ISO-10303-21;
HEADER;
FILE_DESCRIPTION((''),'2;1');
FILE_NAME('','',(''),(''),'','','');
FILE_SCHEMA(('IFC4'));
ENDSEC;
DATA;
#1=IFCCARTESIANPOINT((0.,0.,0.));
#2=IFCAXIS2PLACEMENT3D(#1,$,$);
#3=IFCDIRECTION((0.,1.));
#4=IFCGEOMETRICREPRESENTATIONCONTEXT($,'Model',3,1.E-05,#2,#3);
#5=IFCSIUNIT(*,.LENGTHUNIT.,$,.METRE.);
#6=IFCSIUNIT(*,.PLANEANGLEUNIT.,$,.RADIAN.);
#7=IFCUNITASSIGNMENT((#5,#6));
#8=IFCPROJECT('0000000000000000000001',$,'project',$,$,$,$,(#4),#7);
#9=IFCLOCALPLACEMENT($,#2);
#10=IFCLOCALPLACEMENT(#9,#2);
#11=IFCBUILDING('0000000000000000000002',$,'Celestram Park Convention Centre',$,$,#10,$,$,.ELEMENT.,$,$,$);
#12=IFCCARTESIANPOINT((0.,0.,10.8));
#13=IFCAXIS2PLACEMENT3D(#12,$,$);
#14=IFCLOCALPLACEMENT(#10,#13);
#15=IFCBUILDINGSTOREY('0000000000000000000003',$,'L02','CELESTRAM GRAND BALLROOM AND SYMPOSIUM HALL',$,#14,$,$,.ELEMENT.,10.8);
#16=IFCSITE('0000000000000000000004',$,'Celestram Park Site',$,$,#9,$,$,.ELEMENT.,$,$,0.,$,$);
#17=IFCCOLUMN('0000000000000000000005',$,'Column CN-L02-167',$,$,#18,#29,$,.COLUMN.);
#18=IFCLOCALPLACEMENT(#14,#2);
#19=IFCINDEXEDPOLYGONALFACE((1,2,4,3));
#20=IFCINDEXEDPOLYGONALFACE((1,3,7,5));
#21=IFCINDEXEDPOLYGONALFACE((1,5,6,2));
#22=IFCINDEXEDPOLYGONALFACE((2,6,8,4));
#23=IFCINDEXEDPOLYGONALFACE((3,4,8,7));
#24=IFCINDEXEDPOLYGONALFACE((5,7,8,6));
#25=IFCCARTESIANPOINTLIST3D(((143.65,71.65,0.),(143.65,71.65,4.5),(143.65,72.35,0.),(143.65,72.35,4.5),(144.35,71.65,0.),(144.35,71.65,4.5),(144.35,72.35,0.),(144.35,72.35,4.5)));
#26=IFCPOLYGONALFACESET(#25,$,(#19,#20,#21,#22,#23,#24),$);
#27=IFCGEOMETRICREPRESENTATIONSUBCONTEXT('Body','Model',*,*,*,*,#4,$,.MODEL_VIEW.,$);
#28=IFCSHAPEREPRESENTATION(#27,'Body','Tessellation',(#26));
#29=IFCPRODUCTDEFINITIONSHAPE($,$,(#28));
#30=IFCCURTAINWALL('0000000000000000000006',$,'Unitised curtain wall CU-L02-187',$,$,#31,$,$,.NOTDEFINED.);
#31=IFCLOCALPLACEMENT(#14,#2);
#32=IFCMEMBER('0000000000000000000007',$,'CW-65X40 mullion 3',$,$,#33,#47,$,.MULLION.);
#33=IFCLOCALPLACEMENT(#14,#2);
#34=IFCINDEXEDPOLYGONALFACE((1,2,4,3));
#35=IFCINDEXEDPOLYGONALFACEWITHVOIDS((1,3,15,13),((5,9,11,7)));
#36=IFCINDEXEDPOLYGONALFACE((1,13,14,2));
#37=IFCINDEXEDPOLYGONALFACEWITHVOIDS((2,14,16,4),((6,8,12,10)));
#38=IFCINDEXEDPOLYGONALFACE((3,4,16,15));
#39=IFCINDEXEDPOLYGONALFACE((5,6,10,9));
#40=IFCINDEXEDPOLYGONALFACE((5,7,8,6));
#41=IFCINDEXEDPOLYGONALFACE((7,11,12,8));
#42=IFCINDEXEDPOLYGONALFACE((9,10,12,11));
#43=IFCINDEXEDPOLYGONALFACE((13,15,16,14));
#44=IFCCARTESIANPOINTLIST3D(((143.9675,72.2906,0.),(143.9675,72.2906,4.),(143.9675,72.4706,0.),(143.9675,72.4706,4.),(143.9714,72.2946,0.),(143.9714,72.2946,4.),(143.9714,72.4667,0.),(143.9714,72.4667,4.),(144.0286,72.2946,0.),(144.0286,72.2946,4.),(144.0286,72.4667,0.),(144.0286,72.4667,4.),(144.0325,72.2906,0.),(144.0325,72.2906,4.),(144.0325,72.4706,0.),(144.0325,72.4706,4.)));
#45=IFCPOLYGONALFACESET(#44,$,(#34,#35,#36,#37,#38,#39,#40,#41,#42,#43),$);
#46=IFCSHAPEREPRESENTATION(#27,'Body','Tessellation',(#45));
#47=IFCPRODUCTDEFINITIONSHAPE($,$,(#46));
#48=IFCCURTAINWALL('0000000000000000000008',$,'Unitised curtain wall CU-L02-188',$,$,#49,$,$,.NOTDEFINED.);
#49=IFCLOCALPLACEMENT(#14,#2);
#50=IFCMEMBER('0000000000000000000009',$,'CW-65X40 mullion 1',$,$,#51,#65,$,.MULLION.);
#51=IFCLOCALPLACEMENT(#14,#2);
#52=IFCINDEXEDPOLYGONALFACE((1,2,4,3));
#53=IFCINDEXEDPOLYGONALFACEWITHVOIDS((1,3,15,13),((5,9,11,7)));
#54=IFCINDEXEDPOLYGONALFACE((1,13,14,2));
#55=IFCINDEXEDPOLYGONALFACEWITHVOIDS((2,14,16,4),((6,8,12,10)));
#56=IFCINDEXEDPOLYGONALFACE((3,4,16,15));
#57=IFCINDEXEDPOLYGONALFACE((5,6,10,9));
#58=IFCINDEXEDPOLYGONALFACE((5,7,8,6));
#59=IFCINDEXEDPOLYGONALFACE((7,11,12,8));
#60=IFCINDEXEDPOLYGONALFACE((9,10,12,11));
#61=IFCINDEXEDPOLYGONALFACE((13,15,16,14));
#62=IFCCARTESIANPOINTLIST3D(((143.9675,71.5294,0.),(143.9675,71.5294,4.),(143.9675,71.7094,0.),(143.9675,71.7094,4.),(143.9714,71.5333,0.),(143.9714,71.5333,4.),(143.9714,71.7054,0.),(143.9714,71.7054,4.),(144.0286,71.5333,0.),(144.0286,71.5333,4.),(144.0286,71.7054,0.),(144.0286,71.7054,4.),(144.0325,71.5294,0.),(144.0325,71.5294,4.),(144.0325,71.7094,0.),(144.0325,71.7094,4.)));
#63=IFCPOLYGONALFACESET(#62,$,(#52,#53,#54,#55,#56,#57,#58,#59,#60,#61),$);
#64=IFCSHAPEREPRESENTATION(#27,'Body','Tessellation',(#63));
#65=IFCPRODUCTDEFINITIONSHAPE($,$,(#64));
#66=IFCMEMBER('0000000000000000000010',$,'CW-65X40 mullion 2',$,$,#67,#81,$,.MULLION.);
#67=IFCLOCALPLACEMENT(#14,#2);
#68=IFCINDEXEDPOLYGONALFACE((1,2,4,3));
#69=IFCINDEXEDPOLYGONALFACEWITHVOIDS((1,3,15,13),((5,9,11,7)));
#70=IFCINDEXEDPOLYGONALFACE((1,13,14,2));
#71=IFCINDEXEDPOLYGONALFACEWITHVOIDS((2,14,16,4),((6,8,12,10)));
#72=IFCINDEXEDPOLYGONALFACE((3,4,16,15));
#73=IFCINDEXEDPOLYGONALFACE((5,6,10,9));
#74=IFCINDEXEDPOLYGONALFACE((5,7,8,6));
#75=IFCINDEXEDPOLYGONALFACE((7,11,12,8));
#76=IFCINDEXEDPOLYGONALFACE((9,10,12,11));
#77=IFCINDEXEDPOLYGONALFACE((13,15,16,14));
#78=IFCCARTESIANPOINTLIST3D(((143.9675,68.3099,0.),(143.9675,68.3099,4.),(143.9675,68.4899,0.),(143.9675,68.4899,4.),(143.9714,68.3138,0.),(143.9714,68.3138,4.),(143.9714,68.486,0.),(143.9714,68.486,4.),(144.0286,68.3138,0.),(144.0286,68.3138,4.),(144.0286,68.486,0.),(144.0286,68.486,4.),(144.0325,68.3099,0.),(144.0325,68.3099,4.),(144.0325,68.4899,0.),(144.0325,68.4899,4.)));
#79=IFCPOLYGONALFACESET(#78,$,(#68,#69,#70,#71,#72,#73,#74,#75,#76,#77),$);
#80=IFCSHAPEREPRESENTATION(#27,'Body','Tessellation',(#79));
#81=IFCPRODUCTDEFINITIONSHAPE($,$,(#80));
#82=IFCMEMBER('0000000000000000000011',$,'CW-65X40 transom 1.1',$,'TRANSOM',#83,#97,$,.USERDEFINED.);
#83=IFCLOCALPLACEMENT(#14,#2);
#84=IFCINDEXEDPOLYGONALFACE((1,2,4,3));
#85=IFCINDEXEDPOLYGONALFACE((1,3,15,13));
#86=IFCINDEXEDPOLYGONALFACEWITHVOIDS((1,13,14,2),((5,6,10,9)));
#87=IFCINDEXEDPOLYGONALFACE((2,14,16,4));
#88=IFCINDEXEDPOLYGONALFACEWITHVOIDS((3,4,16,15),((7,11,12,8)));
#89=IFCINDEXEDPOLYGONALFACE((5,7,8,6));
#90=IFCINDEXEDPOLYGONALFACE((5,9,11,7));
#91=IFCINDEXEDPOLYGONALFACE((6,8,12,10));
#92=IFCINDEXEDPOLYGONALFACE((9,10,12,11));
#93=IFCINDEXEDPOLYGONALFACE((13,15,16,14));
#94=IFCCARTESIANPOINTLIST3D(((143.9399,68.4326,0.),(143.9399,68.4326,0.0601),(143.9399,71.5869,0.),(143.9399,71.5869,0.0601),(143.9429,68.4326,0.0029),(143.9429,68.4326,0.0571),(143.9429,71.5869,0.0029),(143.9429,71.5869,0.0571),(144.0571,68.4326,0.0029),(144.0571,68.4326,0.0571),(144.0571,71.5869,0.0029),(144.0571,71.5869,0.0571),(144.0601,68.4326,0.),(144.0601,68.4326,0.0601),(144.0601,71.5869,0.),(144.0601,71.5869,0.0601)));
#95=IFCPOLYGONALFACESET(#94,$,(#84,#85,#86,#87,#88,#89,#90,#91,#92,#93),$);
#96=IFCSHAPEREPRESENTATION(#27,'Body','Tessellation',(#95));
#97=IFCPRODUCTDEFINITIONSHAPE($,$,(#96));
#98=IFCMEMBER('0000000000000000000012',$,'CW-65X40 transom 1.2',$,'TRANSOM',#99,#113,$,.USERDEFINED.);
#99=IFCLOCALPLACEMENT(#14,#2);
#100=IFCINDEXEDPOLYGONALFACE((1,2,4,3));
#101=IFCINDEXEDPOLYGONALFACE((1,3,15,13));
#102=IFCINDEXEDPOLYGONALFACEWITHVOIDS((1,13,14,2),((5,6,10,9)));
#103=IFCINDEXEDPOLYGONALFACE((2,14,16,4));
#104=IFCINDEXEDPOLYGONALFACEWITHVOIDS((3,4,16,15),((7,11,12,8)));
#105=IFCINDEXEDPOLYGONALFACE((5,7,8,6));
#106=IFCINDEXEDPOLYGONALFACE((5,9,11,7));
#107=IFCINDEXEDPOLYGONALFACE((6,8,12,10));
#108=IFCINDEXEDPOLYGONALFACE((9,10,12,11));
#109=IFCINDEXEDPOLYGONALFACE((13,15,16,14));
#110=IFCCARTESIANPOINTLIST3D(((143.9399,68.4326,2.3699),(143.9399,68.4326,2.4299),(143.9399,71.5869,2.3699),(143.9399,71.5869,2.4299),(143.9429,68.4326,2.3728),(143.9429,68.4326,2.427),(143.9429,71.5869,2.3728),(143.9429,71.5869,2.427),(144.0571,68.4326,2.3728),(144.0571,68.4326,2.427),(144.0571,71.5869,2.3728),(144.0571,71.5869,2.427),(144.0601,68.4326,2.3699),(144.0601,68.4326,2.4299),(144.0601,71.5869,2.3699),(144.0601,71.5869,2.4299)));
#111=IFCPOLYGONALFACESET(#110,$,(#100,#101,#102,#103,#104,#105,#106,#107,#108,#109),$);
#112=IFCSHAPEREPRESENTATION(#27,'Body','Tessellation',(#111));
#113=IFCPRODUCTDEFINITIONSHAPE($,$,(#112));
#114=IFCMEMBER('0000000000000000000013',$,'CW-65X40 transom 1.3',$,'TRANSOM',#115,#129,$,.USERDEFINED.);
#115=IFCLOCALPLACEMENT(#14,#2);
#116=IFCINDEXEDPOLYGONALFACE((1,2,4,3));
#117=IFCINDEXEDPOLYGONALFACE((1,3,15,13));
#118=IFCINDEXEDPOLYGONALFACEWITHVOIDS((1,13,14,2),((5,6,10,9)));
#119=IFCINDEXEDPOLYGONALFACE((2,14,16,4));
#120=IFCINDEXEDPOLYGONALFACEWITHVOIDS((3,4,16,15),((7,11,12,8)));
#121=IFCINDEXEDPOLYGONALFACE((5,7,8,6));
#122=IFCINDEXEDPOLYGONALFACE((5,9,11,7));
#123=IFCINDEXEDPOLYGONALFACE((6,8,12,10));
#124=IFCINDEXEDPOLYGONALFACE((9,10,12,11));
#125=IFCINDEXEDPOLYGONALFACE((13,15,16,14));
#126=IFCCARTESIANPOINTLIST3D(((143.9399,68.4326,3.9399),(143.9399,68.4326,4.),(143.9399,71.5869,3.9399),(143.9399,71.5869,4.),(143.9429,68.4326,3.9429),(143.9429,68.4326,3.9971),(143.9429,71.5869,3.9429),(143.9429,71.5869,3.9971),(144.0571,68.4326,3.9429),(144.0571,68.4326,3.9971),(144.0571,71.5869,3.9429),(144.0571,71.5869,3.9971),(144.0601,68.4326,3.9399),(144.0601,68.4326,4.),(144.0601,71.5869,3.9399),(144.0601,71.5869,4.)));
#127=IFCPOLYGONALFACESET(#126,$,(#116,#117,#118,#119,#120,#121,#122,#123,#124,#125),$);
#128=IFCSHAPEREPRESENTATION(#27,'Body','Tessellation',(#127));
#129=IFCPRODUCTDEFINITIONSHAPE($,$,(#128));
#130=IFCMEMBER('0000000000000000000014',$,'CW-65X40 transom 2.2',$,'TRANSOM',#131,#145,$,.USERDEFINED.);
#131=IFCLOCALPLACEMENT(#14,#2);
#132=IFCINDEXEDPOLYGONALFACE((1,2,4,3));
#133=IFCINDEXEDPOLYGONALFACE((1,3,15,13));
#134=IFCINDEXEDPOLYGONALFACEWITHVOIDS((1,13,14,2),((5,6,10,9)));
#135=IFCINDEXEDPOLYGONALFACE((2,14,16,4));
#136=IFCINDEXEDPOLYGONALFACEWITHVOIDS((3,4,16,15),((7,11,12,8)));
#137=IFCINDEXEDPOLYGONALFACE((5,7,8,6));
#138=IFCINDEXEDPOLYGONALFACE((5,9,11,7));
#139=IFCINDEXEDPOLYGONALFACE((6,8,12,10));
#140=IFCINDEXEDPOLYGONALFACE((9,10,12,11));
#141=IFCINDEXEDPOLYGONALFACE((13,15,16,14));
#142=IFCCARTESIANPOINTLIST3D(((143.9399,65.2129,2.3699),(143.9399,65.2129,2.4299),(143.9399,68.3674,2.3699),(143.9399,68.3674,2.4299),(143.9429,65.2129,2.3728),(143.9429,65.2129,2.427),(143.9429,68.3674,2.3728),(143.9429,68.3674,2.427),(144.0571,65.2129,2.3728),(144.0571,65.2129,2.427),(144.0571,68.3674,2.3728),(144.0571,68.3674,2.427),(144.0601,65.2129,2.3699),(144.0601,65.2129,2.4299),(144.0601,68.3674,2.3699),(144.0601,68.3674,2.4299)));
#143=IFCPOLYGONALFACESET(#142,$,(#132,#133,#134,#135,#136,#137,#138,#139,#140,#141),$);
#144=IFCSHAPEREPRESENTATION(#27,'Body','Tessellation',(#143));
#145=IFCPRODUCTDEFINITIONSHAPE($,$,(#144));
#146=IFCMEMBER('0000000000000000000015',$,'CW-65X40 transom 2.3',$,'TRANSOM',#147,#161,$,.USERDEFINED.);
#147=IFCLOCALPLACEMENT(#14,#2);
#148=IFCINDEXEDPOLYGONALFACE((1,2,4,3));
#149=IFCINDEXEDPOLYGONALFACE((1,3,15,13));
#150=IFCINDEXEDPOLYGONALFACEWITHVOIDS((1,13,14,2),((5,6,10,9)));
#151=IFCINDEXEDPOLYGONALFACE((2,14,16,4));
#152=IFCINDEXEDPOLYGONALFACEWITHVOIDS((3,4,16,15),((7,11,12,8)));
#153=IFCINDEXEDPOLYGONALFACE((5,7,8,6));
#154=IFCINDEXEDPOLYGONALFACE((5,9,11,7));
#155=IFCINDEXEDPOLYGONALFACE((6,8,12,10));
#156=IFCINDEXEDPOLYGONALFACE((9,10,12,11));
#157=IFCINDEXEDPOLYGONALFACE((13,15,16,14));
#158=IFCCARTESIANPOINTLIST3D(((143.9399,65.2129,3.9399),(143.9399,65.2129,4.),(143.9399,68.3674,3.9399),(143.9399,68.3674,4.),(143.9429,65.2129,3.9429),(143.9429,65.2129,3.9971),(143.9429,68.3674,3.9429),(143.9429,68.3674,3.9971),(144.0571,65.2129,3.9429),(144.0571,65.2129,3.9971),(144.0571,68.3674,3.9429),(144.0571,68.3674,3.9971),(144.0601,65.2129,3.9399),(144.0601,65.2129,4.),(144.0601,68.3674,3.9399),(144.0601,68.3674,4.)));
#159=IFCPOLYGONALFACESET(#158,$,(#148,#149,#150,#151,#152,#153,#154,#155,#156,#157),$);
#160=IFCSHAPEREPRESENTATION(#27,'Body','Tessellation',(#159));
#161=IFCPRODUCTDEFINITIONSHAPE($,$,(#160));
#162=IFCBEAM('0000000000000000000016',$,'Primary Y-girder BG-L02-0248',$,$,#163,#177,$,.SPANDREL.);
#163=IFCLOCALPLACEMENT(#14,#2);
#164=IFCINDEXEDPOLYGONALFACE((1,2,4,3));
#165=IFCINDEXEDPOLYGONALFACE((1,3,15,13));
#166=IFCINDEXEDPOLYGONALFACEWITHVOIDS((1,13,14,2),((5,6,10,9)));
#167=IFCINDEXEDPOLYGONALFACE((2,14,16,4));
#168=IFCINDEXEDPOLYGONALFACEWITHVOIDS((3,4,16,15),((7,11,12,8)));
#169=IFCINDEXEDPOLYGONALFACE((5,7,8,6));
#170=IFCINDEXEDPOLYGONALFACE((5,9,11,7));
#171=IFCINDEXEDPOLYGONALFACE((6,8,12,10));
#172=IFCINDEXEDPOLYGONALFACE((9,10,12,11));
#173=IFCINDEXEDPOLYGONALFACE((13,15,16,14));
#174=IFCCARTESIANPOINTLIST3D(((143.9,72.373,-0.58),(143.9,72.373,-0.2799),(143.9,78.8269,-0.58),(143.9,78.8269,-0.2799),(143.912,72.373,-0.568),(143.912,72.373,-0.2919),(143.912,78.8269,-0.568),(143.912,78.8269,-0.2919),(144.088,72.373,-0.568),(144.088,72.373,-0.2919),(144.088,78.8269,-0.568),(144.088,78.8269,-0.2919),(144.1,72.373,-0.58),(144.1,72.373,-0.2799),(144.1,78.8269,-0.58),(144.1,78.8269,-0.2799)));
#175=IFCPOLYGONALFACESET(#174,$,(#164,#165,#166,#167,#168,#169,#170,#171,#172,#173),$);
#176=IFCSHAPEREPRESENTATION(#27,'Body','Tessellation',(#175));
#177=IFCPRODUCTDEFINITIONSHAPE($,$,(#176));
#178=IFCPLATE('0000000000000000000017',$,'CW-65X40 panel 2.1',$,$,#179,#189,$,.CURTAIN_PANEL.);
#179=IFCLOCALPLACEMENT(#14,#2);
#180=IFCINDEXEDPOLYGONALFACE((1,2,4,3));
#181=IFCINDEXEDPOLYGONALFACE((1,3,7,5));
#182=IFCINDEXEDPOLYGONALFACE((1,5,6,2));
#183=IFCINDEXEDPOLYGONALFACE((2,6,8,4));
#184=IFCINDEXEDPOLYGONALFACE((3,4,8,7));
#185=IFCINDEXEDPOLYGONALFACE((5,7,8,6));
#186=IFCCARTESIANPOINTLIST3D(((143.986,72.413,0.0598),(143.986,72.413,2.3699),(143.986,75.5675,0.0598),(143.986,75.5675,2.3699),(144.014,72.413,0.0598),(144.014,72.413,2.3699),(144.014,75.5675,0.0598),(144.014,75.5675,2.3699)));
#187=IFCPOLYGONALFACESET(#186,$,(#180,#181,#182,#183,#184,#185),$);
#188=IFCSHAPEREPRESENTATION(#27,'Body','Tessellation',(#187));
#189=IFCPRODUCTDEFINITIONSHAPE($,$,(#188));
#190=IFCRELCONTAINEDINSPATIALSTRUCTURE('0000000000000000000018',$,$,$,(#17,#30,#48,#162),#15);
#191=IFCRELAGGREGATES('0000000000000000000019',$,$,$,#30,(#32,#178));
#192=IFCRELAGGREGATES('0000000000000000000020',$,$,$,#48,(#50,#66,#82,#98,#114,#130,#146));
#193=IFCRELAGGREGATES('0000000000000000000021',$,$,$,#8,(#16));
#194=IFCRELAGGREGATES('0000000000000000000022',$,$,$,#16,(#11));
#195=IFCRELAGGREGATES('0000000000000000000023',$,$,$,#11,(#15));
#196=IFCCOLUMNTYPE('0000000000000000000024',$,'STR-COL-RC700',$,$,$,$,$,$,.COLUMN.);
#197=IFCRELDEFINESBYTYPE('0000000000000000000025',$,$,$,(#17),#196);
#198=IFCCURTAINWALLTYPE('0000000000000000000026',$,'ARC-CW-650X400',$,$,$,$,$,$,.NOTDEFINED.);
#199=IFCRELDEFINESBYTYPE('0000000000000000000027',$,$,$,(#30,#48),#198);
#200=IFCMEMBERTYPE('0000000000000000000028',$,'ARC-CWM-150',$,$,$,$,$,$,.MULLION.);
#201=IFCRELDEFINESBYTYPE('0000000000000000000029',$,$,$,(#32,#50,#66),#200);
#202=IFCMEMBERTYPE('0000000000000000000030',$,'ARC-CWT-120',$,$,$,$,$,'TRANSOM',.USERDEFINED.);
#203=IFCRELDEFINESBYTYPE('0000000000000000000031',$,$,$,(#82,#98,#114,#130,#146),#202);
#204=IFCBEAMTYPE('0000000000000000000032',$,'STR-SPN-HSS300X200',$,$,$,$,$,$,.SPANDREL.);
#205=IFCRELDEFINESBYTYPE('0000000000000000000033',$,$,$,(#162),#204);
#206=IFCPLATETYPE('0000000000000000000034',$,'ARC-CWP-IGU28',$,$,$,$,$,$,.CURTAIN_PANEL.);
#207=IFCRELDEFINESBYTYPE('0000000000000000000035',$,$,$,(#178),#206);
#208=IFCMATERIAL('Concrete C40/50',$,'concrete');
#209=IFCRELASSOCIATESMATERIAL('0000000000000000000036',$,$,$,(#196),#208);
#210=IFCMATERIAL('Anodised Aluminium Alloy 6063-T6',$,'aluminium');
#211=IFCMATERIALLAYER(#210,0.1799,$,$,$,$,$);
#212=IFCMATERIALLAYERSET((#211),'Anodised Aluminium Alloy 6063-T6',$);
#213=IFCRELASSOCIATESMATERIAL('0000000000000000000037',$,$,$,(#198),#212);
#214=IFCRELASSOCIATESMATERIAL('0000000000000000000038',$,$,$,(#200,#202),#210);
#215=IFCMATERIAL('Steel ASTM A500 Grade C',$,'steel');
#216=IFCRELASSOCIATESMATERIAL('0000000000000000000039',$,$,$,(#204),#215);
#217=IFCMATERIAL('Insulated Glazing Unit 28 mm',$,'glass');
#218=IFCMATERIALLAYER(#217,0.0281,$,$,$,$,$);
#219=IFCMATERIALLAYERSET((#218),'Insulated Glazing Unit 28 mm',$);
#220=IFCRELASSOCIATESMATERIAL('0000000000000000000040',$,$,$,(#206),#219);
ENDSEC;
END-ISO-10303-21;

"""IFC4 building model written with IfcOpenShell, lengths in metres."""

from ifc_helpers import new_model, si_unit, direction, frame, origin, origin_2d, place, context, subcontext, project, spatial, rectangle, hollow_rectangle, extrude, material, layer, layer_set, material_profile, profile_set, type_object, element, aggregate, save


model = new_model("IFC4")

# Units and contexts
model_context = context("Model", 3, precision=1e-05, world=origin(), true_north=direction((0.0, 1.0)))
body_context = subcontext(model_context, "Body", "Model", "MODEL_VIEW")
ifc_project = project(units=[si_unit("LENGTHUNIT", "METRE"), si_unit("PLANEANGLEUNIT", "RADIAN")], contexts=[model_context])

# Site, building, storey
site_placement = place(None, origin())
site = spatial("IfcSite", under=ifc_project, at=site_placement, Name="Celestram Park Site", CompositionType="ELEMENT", RefElevation=0.0)
building_placement = place(site_placement, origin())
building = spatial("IfcBuilding", under=site, at=building_placement, Name="Celestram Park Convention Centre", CompositionType="ELEMENT")
storey_placement = place(building_placement, frame((0.0, 0.0, 10.8)))
storey = spatial("IfcBuildingStorey", under=building, at=storey_placement, Name="L02", Description="CELESTRAM GRAND BALLROOM AND SYMPOSIUM HALL", CompositionType="ELEMENT", Elevation=10.8)

# Column
ifc_material_1 = material(Name="Concrete C40/50", Category="concrete")
ifc_material_profile_1 = material_profile(ifc_material_1, rectangle(XDim=0.7, YDim=0.7, at=origin_2d()), Name="RC700X700")
ifc_profile_set_1 = profile_set([ifc_material_profile_1], Name="Concrete C40/50")
column_type = type_object("IfcColumnType", Name="STR-COL-RC700", PredefinedType="COLUMN", material=ifc_profile_set_1)
column_placement = place(storey_placement, frame((144.0, 72.0, 0.0), z_axis=(0.0, 0.0, 1.0), x_axis=(1.0, 0.0, 0.0)))
element("IfcColumn", 1, at=column_placement, inside=storey, type_object=column_type, Name="Column CN-L02-167", PredefinedType="COLUMN", context=body_context, shape_type="SweptSolid", body=[
    extrude(rectangle(XDim=0.7, YDim=0.7, at=origin_2d()), origin(), (0.0, 0.0, 1.0), 4.5),
])

# Curtain wall, member
ifc_material_2 = material(Name="Anodised Aluminium Alloy 6063-T6", Category="aluminium")
ifc_layer_1 = layer(ifc_material_2, 0.1799)
ifc_layer_set_1 = layer_set([ifc_layer_1], Name="Anodised Aluminium Alloy 6063-T6")
curtain_wall_type = type_object("IfcCurtainWallType", Name="ARC-CW-650X400", PredefinedType="NOTDEFINED", material=ifc_layer_set_1)
curtain_wall_1_placement = place(storey_placement, origin())
curtain_wall_1 = element("IfcCurtainWall", 2, at=curtain_wall_1_placement, inside=storey, type_object=curtain_wall_type, Name="Unitised curtain wall CU-L02-187", PredefinedType="NOTDEFINED")
ifc_material_profile_2 = material_profile(ifc_material_2, hollow_rectangle(XDim=0.0649, YDim=0.1799, WallThickness=0.0039, at=origin_2d()), Name="ALU65X180X4")
ifc_profile_set_2 = profile_set([ifc_material_profile_2], Name="Anodised Aluminium Alloy 6063-T6")
member_type_1 = type_object("IfcMemberType", Name="ARC-CWM-150", PredefinedType="MULLION", material=ifc_profile_set_2)
member_1_placement = place(storey_placement, frame((144.0, 72.3806, 0.0), z_axis=(0.0, 0.0, 1.0), x_axis=(1.0, 0.0, 0.0)))
member_1 = element("IfcMember", 3, at=member_1_placement, type_object=member_type_1, Name="CW-65X40 mullion 3", PredefinedType="MULLION", context=body_context, shape_type="SweptSolid", body=[
    extrude(hollow_rectangle(XDim=0.0649, YDim=0.1799, WallThickness=0.0039, at=origin_2d()), origin(), (0.0, 0.0, 1.0), 4.0),
])

# Curtain wall, members
curtain_wall_2_placement = place(storey_placement, origin())
curtain_wall_2 = element("IfcCurtainWall", 4, at=curtain_wall_2_placement, inside=storey, type_object=curtain_wall_type, Name="Unitised curtain wall CU-L02-188", PredefinedType="NOTDEFINED")
member_2_placement = place(storey_placement, frame((144.0, 71.6194, 0.0), z_axis=(0.0, 0.0, 1.0), x_axis=(1.0, 0.0, 0.0)))
member_2 = element("IfcMember", 5, at=member_2_placement, type_object=member_type_1, Name="CW-65X40 mullion 1", PredefinedType="MULLION", context=body_context, shape_type="SweptSolid", body=[
    extrude(hollow_rectangle(XDim=0.0649, YDim=0.1799, WallThickness=0.0039, at=origin_2d()), origin(), (0.0, 0.0, 1.0), 4.0),
])
member_3_placement = place(storey_placement, frame((144.0, 68.3999, 0.0), z_axis=(0.0, 0.0, 1.0), x_axis=(1.0, 0.0, 0.0)))
member_3 = element("IfcMember", 6, at=member_3_placement, type_object=member_type_1, Name="CW-65X40 mullion 2", PredefinedType="MULLION", context=body_context, shape_type="SweptSolid", body=[
    extrude(hollow_rectangle(XDim=0.0649, YDim=0.1799, WallThickness=0.0039, at=origin_2d()), origin(), (0.0, 0.0, 1.0), 4.0),
])
ifc_material_profile_3 = material_profile(ifc_material_2, hollow_rectangle(XDim=0.1201, YDim=0.0601, WallThickness=0.0029, at=origin_2d()), Name="ALU120X60X3")
ifc_profile_set_3 = profile_set([ifc_material_profile_3], Name="Anodised Aluminium Alloy 6063-T6")
member_type_2 = type_object("IfcMemberType", Name="ARC-CWT-120", ElementType="TRANSOM", PredefinedType="USERDEFINED", material=ifc_profile_set_3)
member_4_placement = place(storey_placement, frame((144.0, 71.5869, 0.03), z_axis=(0.0, -1.0, 0.0), x_axis=(1.0, 0.0, 0.0)))
member_4 = element("IfcMember", 7, at=member_4_placement, type_object=member_type_2, Name="CW-65X40 transom 1.1", ObjectType="TRANSOM", PredefinedType="USERDEFINED", context=body_context, shape_type="SweptSolid", body=[
    extrude(hollow_rectangle(XDim=0.1201, YDim=0.0601, WallThickness=0.0029, at=origin_2d()), origin(), (0.0, 0.0, 1.0), 3.1543),
])
member_5_placement = place(storey_placement, frame((144.0, 71.5869, 2.3999), z_axis=(0.0, -1.0, 0.0), x_axis=(1.0, 0.0, 0.0)))
member_5 = element("IfcMember", 8, at=member_5_placement, type_object=member_type_2, Name="CW-65X40 transom 1.2", ObjectType="TRANSOM", PredefinedType="USERDEFINED", context=body_context, shape_type="SweptSolid", body=[
    extrude(hollow_rectangle(XDim=0.1201, YDim=0.0601, WallThickness=0.0029, at=origin_2d()), origin(), (0.0, 0.0, 1.0), 3.1543),
])
member_6_placement = place(storey_placement, frame((144.0, 71.5869, 3.97), z_axis=(0.0, -1.0, 0.0), x_axis=(1.0, 0.0, 0.0)))
member_6 = element("IfcMember", 9, at=member_6_placement, type_object=member_type_2, Name="CW-65X40 transom 1.3", ObjectType="TRANSOM", PredefinedType="USERDEFINED", context=body_context, shape_type="SweptSolid", body=[
    extrude(hollow_rectangle(XDim=0.1201, YDim=0.0601, WallThickness=0.0029, at=origin_2d()), origin(), (0.0, 0.0, 1.0), 3.1543),
])
member_7_placement = place(storey_placement, frame((144.0, 68.3674, 2.3999), z_axis=(0.0, -1.0, 0.0), x_axis=(1.0, 0.0, 0.0)))
member_7 = element("IfcMember", 10, at=member_7_placement, type_object=member_type_2, Name="CW-65X40 transom 2.2", ObjectType="TRANSOM", PredefinedType="USERDEFINED", context=body_context, shape_type="SweptSolid", body=[
    extrude(hollow_rectangle(XDim=0.1201, YDim=0.0601, WallThickness=0.0029, at=origin_2d()), origin(), (0.0, 0.0, 1.0), 3.1545),
])
member_8_placement = place(storey_placement, frame((144.0, 68.3674, 3.97), z_axis=(0.0, -1.0, 0.0), x_axis=(1.0, 0.0, 0.0)))
member_8 = element("IfcMember", 11, at=member_8_placement, type_object=member_type_2, Name="CW-65X40 transom 2.3", ObjectType="TRANSOM", PredefinedType="USERDEFINED", context=body_context, shape_type="SweptSolid", body=[
    extrude(hollow_rectangle(XDim=0.1201, YDim=0.0601, WallThickness=0.0029, at=origin_2d()), origin(), (0.0, 0.0, 1.0), 3.1545),
])

# Beam
ifc_material_3 = material(Name="Steel ASTM A500 Grade C", Category="steel")
ifc_material_profile_4 = material_profile(ifc_material_3, hollow_rectangle(XDim=0.2, YDim=0.3, WallThickness=0.012, at=origin_2d()), Name="HSS300X200X12")
ifc_profile_set_4 = profile_set([ifc_material_profile_4], Name="Steel ASTM A500 Grade C")
beam_type = type_object("IfcBeamType", Name="STR-SPN-HSS300X200", PredefinedType="SPANDREL", material=ifc_profile_set_4)
beam_placement = place(storey_placement, frame((144.0, 72.373, -0.4299), z_axis=(0.0, 1.0, 0.0), x_axis=(-1.0, 0.0, 0.0)))
element("IfcBeam", 12, at=beam_placement, inside=storey, type_object=beam_type, Name="Primary Y-girder BG-L02-0248", PredefinedType="SPANDREL", context=body_context, shape_type="SweptSolid", body=[
    extrude(hollow_rectangle(XDim=0.2, YDim=0.3, WallThickness=0.012, at=origin_2d()), origin(), (0.0, 0.0, 1.0), 6.4539),
])

# Plate
ifc_material_4 = material(Name="Insulated Glazing Unit 28 mm", Category="glass")
ifc_layer_2 = layer(ifc_material_4, 0.0281)
ifc_layer_set_2 = layer_set([ifc_layer_2], Name="Insulated Glazing Unit 28 mm")
plate_type = type_object("IfcPlateType", Name="ARC-CWP-IGU28", PredefinedType="CURTAIN_PANEL", material=ifc_layer_set_2)
plate_1_placement = place(storey_placement, frame((144.0, 73.9902, 0.0598), z_axis=(0.0, 0.0, 1.0), x_axis=(0.0, -1.0, 0.0)))
plate_1 = element("IfcPlate", 13, at=plate_1_placement, type_object=plate_type, Name="CW-65X40 panel 2.1", PredefinedType="CURTAIN_PANEL", context=body_context, shape_type="SweptSolid", body=[
    extrude(rectangle(XDim=3.1545, YDim=0.0281, at=origin_2d()), origin(), (0.0, 0.0, 1.0), 2.3101),
])
aggregate(curtain_wall_1, [member_1, plate_1])
aggregate(curtain_wall_2, [member_2, member_3, member_4, member_5, member_6, member_7, member_8])

save(model, "model.ifc")
